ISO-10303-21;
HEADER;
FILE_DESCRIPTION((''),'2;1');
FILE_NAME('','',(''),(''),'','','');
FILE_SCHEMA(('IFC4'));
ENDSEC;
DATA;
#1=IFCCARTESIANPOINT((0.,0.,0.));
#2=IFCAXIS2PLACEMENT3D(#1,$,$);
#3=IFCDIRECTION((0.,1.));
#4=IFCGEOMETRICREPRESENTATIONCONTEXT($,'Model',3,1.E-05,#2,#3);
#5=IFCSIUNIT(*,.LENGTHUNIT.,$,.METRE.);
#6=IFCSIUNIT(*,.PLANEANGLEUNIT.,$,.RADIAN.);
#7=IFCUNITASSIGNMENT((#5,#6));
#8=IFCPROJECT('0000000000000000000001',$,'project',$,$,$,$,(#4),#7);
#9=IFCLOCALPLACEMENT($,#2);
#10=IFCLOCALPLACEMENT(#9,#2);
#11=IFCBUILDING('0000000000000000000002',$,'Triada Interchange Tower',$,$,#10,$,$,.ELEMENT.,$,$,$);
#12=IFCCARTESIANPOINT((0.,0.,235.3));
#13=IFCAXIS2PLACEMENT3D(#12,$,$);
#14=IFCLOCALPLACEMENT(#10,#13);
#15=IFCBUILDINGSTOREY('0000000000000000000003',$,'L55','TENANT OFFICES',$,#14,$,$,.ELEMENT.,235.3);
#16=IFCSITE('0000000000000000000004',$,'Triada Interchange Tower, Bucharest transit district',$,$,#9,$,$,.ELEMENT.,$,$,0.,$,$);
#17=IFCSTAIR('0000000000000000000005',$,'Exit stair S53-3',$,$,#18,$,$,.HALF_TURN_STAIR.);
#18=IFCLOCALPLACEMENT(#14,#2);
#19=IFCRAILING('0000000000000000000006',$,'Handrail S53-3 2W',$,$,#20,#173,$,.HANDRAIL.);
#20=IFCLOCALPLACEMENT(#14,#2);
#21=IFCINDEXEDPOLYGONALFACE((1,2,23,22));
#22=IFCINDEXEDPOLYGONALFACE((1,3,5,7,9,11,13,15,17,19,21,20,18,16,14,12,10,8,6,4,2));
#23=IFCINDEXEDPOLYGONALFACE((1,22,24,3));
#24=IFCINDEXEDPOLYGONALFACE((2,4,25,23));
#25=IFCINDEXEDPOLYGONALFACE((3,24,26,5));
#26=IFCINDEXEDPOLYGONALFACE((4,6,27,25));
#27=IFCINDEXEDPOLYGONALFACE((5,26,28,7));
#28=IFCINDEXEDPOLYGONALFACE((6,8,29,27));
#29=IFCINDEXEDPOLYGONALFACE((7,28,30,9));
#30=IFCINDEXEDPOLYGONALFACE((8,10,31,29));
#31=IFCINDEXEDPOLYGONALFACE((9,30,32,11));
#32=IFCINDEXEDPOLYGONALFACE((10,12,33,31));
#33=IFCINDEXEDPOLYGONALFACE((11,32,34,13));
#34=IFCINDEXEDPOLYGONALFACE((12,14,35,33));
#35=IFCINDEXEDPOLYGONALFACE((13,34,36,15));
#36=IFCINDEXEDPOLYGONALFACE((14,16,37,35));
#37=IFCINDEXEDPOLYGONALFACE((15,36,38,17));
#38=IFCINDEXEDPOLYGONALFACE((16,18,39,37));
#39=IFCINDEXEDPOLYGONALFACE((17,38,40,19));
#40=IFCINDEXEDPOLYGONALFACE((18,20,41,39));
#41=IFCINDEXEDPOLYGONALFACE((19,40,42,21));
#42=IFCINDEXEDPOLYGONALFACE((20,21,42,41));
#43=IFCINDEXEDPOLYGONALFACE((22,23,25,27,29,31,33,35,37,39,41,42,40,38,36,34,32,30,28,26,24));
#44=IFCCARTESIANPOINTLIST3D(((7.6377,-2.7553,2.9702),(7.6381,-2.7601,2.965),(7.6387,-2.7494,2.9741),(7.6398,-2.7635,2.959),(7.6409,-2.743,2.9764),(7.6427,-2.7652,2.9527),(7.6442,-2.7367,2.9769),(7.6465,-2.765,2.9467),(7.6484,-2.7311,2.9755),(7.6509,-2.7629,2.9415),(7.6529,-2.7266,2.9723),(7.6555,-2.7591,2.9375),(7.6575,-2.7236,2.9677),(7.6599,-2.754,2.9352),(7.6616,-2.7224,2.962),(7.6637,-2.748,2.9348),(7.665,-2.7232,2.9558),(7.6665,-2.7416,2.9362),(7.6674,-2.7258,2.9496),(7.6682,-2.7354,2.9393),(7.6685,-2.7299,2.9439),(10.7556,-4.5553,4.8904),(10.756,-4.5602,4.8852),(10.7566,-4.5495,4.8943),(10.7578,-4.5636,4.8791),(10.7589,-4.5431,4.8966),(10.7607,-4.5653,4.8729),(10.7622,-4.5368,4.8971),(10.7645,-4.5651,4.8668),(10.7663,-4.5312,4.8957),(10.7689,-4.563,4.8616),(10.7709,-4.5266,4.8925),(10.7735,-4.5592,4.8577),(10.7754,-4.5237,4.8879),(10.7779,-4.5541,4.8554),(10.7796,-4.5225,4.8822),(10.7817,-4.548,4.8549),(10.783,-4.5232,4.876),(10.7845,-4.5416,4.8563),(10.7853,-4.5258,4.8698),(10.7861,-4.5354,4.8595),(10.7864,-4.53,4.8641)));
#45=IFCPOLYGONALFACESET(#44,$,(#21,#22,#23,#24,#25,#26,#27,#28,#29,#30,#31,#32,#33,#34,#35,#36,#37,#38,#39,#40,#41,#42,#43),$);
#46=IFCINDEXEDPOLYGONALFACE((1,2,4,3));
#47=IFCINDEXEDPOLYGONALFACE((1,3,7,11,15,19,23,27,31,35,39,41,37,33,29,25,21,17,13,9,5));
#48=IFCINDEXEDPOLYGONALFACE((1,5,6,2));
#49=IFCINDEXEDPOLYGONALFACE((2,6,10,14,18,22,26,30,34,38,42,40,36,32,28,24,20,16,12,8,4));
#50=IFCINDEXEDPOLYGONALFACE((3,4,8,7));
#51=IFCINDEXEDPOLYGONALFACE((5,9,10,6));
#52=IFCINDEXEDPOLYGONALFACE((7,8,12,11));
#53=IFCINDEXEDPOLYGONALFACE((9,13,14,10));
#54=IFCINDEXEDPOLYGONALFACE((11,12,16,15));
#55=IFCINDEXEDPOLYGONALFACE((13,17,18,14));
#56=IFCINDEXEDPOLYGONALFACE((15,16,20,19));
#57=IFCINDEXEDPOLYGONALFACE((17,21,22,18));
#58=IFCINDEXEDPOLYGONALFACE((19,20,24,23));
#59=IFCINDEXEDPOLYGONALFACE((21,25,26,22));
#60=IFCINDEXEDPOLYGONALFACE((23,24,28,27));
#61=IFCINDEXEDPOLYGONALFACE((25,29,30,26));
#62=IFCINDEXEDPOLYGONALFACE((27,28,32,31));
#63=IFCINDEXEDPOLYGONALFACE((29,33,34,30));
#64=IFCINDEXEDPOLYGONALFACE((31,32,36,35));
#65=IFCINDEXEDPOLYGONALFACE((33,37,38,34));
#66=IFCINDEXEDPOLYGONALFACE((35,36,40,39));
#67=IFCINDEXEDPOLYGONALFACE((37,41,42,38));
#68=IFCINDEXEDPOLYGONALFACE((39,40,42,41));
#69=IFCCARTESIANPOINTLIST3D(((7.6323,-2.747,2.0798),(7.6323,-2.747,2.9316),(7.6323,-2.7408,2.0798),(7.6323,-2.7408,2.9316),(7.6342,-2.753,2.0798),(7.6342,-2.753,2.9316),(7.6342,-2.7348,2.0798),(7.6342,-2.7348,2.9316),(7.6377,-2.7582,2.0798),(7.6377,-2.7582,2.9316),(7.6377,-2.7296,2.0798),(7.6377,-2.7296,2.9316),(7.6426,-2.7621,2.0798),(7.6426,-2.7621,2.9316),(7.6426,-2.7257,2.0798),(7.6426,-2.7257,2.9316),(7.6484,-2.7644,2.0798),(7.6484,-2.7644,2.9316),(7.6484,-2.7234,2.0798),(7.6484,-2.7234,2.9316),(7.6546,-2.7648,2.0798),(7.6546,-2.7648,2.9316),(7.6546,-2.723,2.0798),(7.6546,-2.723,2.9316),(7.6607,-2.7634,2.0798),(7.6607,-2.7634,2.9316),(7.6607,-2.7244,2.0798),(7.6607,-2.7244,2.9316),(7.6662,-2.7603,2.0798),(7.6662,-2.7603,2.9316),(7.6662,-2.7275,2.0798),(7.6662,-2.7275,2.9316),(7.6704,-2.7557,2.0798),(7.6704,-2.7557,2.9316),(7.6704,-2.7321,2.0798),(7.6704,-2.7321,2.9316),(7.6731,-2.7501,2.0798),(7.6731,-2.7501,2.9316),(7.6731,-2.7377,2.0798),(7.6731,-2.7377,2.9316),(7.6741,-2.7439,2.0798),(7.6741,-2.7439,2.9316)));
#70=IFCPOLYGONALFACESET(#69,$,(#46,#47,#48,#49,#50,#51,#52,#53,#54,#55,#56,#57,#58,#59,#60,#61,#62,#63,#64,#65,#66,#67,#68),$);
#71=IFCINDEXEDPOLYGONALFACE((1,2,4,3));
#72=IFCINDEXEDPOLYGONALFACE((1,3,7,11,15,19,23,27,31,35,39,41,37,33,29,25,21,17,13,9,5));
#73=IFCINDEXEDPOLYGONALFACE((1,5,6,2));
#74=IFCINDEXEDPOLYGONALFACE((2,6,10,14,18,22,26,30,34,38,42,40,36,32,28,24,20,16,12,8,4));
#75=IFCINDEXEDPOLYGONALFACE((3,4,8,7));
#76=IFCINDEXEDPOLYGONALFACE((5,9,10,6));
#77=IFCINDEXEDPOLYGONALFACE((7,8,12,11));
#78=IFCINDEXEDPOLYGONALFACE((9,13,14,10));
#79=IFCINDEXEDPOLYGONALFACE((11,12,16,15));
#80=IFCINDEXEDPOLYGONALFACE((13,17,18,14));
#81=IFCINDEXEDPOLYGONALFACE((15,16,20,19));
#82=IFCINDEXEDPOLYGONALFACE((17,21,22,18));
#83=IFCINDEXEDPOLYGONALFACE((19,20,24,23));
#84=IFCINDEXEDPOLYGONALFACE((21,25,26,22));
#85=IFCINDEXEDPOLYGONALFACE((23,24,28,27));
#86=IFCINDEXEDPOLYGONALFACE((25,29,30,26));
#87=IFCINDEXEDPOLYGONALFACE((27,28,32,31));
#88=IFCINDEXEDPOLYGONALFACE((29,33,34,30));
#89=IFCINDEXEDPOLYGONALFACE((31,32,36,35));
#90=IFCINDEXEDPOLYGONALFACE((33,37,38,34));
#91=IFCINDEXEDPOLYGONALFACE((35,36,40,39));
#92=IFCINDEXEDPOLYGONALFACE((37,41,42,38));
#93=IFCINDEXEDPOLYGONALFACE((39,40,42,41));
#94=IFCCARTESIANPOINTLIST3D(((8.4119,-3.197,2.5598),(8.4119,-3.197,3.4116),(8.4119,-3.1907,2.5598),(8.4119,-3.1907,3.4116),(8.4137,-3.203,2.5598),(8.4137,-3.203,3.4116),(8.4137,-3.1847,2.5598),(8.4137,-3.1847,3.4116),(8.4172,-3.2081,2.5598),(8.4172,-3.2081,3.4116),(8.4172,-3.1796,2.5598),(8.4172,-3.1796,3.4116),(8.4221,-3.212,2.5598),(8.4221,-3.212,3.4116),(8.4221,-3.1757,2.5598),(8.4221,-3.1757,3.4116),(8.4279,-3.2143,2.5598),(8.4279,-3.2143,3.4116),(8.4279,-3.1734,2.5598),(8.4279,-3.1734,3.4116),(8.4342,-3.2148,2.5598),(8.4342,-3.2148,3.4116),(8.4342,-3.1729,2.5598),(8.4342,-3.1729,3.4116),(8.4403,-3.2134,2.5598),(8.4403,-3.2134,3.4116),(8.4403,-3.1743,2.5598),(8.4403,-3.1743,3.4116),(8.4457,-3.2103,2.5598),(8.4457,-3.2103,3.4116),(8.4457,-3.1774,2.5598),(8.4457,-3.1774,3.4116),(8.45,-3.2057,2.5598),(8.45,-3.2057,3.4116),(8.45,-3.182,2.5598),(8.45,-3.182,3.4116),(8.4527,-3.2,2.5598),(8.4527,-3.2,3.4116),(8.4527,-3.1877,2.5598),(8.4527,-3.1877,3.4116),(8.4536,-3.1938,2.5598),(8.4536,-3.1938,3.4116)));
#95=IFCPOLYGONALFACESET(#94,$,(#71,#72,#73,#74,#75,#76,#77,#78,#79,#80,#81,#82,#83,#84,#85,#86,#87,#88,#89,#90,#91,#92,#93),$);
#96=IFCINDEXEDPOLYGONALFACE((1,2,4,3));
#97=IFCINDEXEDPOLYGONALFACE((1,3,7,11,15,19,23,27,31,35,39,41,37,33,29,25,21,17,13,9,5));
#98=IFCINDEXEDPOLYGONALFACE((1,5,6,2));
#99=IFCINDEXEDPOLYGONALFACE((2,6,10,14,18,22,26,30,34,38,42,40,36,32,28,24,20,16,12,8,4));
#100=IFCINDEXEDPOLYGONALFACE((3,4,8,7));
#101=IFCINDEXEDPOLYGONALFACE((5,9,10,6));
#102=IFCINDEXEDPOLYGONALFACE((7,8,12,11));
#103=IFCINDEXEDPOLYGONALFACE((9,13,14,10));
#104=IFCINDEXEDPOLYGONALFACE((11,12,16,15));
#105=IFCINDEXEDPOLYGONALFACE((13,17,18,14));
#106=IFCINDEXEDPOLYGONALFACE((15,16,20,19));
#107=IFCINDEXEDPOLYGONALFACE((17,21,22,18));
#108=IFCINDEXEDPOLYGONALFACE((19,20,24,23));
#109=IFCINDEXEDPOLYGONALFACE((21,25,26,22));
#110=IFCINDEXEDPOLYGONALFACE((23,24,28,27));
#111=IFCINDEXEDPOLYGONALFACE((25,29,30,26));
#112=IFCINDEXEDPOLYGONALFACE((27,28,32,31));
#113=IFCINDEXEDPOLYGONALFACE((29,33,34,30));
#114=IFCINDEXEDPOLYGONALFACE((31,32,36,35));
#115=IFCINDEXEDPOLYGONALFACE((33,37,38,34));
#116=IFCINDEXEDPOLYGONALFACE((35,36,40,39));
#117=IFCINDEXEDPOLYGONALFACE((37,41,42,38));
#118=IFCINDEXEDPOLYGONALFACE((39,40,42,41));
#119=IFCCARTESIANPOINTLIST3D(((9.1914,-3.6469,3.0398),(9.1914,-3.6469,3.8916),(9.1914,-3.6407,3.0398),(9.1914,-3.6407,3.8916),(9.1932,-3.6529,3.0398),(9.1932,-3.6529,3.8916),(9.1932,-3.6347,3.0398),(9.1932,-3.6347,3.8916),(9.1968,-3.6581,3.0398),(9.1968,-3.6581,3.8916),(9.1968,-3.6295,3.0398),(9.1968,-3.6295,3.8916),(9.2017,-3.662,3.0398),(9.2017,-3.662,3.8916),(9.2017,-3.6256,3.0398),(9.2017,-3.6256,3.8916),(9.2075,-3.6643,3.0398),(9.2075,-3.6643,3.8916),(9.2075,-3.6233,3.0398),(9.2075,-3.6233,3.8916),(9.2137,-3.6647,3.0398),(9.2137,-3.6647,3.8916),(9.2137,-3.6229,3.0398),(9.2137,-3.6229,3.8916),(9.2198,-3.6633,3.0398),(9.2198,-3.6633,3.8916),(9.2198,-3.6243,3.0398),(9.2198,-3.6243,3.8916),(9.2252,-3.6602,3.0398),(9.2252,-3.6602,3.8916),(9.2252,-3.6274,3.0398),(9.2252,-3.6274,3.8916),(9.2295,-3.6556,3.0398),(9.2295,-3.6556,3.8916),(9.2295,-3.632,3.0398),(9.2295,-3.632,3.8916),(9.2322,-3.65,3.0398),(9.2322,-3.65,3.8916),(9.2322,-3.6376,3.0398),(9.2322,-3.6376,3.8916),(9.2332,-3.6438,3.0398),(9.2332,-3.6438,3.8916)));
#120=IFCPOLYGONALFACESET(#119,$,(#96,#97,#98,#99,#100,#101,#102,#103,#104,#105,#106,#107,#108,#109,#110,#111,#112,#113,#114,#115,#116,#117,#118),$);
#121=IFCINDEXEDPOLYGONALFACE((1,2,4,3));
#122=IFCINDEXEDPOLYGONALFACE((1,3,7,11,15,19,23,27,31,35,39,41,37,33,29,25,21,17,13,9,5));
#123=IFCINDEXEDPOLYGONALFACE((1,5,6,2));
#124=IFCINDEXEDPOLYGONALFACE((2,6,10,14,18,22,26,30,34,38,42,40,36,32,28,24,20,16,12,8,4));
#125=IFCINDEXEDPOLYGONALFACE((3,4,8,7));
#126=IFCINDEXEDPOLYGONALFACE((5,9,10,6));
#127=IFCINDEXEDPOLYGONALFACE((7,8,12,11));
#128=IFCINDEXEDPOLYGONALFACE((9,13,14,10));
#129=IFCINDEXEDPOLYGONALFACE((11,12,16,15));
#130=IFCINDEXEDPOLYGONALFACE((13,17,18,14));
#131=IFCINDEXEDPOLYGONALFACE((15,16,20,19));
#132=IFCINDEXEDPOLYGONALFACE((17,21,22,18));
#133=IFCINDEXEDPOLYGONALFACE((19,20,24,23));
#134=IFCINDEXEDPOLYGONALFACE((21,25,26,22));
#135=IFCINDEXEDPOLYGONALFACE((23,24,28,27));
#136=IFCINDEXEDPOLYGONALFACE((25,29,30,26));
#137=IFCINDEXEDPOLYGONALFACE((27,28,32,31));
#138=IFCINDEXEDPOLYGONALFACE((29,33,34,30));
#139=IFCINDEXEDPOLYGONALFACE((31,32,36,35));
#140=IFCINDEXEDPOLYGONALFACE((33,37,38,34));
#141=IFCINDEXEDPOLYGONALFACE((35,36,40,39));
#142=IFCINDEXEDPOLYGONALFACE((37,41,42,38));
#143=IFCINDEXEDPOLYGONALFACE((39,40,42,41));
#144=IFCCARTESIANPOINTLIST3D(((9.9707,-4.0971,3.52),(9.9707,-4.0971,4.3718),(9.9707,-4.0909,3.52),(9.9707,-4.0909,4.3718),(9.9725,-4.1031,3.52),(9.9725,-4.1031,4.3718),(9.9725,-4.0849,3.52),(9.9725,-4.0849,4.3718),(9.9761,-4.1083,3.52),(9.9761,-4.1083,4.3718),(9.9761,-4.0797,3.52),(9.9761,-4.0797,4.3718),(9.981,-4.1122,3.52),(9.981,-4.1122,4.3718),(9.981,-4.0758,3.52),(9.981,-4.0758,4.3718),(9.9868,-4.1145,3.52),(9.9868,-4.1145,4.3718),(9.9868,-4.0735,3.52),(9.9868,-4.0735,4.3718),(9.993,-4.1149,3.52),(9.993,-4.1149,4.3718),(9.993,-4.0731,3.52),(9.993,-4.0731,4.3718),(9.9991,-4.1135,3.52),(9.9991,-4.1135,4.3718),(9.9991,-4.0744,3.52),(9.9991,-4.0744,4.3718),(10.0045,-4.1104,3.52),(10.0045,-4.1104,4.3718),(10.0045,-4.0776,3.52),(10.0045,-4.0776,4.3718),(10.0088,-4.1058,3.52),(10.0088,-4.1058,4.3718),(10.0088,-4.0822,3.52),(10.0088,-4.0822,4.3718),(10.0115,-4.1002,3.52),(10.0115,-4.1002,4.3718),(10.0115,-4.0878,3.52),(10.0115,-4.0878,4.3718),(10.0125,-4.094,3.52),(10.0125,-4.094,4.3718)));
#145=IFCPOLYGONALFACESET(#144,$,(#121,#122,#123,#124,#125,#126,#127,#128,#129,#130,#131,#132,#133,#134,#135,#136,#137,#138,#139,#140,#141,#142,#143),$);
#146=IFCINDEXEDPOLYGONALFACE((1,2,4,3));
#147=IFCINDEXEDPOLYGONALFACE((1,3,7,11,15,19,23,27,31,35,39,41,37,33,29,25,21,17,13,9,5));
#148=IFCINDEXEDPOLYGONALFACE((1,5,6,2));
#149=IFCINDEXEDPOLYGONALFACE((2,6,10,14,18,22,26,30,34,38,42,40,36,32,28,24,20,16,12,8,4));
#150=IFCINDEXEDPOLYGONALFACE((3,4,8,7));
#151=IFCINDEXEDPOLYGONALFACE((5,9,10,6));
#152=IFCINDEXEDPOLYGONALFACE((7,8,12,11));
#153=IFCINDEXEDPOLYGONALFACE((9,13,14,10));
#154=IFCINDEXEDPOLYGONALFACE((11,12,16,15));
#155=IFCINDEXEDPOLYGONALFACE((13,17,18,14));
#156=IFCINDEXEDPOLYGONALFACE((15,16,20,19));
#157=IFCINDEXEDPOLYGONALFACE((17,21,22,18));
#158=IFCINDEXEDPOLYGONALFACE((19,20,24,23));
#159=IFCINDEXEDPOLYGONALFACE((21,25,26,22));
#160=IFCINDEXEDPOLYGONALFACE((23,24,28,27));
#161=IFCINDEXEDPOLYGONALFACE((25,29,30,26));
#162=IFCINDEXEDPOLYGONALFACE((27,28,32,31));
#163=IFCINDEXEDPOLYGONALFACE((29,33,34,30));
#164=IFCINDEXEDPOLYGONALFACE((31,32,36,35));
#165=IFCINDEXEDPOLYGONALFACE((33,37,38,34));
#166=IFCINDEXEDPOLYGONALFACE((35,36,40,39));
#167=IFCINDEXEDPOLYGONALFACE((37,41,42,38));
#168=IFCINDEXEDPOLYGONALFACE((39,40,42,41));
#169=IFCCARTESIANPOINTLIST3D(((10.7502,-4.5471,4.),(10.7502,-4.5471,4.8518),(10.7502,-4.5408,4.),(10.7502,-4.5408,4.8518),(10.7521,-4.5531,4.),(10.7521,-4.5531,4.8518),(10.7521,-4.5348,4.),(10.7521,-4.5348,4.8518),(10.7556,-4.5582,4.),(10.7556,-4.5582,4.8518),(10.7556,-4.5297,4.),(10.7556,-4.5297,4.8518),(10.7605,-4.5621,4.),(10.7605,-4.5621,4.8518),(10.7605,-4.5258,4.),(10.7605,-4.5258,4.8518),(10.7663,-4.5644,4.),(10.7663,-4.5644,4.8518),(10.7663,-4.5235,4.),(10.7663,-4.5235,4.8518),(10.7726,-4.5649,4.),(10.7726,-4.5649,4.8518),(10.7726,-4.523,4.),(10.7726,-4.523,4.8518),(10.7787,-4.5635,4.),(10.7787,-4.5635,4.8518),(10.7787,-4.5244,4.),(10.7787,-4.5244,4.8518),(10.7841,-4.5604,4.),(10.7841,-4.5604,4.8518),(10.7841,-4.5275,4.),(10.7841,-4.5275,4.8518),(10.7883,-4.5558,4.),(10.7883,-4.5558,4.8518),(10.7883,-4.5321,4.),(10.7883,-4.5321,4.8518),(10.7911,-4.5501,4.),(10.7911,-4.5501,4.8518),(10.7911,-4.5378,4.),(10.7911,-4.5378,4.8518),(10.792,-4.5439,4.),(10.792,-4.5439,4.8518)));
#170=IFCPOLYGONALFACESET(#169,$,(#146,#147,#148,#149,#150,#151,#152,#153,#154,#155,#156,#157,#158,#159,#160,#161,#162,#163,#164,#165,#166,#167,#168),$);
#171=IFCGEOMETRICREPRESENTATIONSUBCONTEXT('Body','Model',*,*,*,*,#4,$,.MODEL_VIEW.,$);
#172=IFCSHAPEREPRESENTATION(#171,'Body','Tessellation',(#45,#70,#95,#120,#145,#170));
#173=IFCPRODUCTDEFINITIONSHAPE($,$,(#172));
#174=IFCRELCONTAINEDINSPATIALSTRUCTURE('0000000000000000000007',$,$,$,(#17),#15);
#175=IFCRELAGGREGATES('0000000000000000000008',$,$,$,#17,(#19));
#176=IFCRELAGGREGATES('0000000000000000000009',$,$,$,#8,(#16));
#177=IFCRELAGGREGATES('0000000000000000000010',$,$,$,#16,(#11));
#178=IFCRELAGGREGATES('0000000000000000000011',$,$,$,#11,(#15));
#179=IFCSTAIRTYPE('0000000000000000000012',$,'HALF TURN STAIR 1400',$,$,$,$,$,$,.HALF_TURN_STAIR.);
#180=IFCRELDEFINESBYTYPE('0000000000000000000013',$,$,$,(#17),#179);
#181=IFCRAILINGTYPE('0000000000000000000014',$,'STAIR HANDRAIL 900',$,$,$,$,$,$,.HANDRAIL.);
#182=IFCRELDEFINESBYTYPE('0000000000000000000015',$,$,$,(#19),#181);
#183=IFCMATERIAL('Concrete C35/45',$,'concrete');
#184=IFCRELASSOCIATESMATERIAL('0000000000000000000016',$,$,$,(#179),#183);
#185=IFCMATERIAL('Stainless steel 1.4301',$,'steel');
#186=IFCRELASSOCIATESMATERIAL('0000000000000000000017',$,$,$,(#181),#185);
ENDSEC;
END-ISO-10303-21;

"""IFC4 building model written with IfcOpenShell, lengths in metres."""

from ifc_helpers import new_model, si_unit, direction, frame, origin, origin_2d, place, context, subcontext, project, spatial, circle, extrude, material, type_object, element, aggregate, save


model = new_model("IFC4")

# Units and contexts
model_context = context("Model", 3, precision=1e-05, world=origin(), true_north=direction((0.0, 1.0)))
body_context = subcontext(model_context, "Body", "Model", "MODEL_VIEW")
ifc_project = project(units=[si_unit("LENGTHUNIT", "METRE"), si_unit("PLANEANGLEUNIT", "RADIAN")], contexts=[model_context])

# Site, building, storey
site_placement = place(None, origin())
site = spatial("IfcSite", under=ifc_project, at=site_placement, Name="Triada Interchange Tower, Bucharest transit district", CompositionType="ELEMENT", RefElevation=0.0)
building_placement = place(site_placement, origin())
building = spatial("IfcBuilding", under=site, at=building_placement, Name="Triada Interchange Tower", CompositionType="ELEMENT")
storey_placement = place(building_placement, frame((0.0, 0.0, 235.3)))
storey = spatial("IfcBuildingStorey", under=building, at=storey_placement, Name="L55", Description="TENANT OFFICES", CompositionType="ELEMENT", Elevation=235.3)

# Stair, railing
ifc_material_1 = material(Name="Concrete C35/45", Category="concrete")
stair_type = type_object("IfcStairType", Name="HALF TURN STAIR 1400", PredefinedType="HALF_TURN_STAIR", material=ifc_material_1)
stair_placement = place(storey_placement, origin())
stair = element("IfcStair", 1, at=stair_placement, inside=storey, type_object=stair_type, Name="Exit stair S53-3", PredefinedType="HALF_TURN_STAIR")
ifc_material_2 = material(Name="Stainless steel 1.4301", Category="steel")
railing_type = type_object("IfcRailingType", Name="STAIR HANDRAIL 900", PredefinedType="HANDRAIL", material=ifc_material_2)
railing_1_placement = place(storey_placement, frame((7.6531, -2.7439, 2.0798)))
railing_1 = element("IfcRailing", 2, at=railing_1_placement, type_object=railing_type, Name="Handrail S53-3 2W", PredefinedType="HANDRAIL", context=body_context, shape_type="SweptSolid", body=[
    extrude(circle(Radius=0.0239, at=origin_2d()), frame((0.0, 0.0, 0.876), z_axis=(0.764145, -0.441159, 0.470597), x_axis=(0.499983, 0.866035, 0.0)), (0.0, 0.0, 1.0), 4.0803),
    extrude(circle(Radius=0.021, at=origin_2d()), origin(), (0.0, 0.0, 1.0), 0.8518),
    extrude(circle(Radius=0.021, at=origin_2d()), frame((0.7795, -0.45, 0.48)), (0.0, 0.0, 1.0), 0.8518),
    extrude(circle(Radius=0.021, at=origin_2d()), frame((1.5591, -0.8999, 0.96)), (0.0, 0.0, 1.0), 0.8518),
    extrude(circle(Radius=0.021, at=origin_2d()), frame((2.3384, -1.3501, 1.4402)), (0.0, 0.0, 1.0), 0.8518),
    extrude(circle(Radius=0.021, at=origin_2d()), frame((3.1179, -1.8, 1.9202)), (0.0, 0.0, 1.0), 0.8518),
])
aggregate(stair, [railing_1])

save(model, "model.ifc")
